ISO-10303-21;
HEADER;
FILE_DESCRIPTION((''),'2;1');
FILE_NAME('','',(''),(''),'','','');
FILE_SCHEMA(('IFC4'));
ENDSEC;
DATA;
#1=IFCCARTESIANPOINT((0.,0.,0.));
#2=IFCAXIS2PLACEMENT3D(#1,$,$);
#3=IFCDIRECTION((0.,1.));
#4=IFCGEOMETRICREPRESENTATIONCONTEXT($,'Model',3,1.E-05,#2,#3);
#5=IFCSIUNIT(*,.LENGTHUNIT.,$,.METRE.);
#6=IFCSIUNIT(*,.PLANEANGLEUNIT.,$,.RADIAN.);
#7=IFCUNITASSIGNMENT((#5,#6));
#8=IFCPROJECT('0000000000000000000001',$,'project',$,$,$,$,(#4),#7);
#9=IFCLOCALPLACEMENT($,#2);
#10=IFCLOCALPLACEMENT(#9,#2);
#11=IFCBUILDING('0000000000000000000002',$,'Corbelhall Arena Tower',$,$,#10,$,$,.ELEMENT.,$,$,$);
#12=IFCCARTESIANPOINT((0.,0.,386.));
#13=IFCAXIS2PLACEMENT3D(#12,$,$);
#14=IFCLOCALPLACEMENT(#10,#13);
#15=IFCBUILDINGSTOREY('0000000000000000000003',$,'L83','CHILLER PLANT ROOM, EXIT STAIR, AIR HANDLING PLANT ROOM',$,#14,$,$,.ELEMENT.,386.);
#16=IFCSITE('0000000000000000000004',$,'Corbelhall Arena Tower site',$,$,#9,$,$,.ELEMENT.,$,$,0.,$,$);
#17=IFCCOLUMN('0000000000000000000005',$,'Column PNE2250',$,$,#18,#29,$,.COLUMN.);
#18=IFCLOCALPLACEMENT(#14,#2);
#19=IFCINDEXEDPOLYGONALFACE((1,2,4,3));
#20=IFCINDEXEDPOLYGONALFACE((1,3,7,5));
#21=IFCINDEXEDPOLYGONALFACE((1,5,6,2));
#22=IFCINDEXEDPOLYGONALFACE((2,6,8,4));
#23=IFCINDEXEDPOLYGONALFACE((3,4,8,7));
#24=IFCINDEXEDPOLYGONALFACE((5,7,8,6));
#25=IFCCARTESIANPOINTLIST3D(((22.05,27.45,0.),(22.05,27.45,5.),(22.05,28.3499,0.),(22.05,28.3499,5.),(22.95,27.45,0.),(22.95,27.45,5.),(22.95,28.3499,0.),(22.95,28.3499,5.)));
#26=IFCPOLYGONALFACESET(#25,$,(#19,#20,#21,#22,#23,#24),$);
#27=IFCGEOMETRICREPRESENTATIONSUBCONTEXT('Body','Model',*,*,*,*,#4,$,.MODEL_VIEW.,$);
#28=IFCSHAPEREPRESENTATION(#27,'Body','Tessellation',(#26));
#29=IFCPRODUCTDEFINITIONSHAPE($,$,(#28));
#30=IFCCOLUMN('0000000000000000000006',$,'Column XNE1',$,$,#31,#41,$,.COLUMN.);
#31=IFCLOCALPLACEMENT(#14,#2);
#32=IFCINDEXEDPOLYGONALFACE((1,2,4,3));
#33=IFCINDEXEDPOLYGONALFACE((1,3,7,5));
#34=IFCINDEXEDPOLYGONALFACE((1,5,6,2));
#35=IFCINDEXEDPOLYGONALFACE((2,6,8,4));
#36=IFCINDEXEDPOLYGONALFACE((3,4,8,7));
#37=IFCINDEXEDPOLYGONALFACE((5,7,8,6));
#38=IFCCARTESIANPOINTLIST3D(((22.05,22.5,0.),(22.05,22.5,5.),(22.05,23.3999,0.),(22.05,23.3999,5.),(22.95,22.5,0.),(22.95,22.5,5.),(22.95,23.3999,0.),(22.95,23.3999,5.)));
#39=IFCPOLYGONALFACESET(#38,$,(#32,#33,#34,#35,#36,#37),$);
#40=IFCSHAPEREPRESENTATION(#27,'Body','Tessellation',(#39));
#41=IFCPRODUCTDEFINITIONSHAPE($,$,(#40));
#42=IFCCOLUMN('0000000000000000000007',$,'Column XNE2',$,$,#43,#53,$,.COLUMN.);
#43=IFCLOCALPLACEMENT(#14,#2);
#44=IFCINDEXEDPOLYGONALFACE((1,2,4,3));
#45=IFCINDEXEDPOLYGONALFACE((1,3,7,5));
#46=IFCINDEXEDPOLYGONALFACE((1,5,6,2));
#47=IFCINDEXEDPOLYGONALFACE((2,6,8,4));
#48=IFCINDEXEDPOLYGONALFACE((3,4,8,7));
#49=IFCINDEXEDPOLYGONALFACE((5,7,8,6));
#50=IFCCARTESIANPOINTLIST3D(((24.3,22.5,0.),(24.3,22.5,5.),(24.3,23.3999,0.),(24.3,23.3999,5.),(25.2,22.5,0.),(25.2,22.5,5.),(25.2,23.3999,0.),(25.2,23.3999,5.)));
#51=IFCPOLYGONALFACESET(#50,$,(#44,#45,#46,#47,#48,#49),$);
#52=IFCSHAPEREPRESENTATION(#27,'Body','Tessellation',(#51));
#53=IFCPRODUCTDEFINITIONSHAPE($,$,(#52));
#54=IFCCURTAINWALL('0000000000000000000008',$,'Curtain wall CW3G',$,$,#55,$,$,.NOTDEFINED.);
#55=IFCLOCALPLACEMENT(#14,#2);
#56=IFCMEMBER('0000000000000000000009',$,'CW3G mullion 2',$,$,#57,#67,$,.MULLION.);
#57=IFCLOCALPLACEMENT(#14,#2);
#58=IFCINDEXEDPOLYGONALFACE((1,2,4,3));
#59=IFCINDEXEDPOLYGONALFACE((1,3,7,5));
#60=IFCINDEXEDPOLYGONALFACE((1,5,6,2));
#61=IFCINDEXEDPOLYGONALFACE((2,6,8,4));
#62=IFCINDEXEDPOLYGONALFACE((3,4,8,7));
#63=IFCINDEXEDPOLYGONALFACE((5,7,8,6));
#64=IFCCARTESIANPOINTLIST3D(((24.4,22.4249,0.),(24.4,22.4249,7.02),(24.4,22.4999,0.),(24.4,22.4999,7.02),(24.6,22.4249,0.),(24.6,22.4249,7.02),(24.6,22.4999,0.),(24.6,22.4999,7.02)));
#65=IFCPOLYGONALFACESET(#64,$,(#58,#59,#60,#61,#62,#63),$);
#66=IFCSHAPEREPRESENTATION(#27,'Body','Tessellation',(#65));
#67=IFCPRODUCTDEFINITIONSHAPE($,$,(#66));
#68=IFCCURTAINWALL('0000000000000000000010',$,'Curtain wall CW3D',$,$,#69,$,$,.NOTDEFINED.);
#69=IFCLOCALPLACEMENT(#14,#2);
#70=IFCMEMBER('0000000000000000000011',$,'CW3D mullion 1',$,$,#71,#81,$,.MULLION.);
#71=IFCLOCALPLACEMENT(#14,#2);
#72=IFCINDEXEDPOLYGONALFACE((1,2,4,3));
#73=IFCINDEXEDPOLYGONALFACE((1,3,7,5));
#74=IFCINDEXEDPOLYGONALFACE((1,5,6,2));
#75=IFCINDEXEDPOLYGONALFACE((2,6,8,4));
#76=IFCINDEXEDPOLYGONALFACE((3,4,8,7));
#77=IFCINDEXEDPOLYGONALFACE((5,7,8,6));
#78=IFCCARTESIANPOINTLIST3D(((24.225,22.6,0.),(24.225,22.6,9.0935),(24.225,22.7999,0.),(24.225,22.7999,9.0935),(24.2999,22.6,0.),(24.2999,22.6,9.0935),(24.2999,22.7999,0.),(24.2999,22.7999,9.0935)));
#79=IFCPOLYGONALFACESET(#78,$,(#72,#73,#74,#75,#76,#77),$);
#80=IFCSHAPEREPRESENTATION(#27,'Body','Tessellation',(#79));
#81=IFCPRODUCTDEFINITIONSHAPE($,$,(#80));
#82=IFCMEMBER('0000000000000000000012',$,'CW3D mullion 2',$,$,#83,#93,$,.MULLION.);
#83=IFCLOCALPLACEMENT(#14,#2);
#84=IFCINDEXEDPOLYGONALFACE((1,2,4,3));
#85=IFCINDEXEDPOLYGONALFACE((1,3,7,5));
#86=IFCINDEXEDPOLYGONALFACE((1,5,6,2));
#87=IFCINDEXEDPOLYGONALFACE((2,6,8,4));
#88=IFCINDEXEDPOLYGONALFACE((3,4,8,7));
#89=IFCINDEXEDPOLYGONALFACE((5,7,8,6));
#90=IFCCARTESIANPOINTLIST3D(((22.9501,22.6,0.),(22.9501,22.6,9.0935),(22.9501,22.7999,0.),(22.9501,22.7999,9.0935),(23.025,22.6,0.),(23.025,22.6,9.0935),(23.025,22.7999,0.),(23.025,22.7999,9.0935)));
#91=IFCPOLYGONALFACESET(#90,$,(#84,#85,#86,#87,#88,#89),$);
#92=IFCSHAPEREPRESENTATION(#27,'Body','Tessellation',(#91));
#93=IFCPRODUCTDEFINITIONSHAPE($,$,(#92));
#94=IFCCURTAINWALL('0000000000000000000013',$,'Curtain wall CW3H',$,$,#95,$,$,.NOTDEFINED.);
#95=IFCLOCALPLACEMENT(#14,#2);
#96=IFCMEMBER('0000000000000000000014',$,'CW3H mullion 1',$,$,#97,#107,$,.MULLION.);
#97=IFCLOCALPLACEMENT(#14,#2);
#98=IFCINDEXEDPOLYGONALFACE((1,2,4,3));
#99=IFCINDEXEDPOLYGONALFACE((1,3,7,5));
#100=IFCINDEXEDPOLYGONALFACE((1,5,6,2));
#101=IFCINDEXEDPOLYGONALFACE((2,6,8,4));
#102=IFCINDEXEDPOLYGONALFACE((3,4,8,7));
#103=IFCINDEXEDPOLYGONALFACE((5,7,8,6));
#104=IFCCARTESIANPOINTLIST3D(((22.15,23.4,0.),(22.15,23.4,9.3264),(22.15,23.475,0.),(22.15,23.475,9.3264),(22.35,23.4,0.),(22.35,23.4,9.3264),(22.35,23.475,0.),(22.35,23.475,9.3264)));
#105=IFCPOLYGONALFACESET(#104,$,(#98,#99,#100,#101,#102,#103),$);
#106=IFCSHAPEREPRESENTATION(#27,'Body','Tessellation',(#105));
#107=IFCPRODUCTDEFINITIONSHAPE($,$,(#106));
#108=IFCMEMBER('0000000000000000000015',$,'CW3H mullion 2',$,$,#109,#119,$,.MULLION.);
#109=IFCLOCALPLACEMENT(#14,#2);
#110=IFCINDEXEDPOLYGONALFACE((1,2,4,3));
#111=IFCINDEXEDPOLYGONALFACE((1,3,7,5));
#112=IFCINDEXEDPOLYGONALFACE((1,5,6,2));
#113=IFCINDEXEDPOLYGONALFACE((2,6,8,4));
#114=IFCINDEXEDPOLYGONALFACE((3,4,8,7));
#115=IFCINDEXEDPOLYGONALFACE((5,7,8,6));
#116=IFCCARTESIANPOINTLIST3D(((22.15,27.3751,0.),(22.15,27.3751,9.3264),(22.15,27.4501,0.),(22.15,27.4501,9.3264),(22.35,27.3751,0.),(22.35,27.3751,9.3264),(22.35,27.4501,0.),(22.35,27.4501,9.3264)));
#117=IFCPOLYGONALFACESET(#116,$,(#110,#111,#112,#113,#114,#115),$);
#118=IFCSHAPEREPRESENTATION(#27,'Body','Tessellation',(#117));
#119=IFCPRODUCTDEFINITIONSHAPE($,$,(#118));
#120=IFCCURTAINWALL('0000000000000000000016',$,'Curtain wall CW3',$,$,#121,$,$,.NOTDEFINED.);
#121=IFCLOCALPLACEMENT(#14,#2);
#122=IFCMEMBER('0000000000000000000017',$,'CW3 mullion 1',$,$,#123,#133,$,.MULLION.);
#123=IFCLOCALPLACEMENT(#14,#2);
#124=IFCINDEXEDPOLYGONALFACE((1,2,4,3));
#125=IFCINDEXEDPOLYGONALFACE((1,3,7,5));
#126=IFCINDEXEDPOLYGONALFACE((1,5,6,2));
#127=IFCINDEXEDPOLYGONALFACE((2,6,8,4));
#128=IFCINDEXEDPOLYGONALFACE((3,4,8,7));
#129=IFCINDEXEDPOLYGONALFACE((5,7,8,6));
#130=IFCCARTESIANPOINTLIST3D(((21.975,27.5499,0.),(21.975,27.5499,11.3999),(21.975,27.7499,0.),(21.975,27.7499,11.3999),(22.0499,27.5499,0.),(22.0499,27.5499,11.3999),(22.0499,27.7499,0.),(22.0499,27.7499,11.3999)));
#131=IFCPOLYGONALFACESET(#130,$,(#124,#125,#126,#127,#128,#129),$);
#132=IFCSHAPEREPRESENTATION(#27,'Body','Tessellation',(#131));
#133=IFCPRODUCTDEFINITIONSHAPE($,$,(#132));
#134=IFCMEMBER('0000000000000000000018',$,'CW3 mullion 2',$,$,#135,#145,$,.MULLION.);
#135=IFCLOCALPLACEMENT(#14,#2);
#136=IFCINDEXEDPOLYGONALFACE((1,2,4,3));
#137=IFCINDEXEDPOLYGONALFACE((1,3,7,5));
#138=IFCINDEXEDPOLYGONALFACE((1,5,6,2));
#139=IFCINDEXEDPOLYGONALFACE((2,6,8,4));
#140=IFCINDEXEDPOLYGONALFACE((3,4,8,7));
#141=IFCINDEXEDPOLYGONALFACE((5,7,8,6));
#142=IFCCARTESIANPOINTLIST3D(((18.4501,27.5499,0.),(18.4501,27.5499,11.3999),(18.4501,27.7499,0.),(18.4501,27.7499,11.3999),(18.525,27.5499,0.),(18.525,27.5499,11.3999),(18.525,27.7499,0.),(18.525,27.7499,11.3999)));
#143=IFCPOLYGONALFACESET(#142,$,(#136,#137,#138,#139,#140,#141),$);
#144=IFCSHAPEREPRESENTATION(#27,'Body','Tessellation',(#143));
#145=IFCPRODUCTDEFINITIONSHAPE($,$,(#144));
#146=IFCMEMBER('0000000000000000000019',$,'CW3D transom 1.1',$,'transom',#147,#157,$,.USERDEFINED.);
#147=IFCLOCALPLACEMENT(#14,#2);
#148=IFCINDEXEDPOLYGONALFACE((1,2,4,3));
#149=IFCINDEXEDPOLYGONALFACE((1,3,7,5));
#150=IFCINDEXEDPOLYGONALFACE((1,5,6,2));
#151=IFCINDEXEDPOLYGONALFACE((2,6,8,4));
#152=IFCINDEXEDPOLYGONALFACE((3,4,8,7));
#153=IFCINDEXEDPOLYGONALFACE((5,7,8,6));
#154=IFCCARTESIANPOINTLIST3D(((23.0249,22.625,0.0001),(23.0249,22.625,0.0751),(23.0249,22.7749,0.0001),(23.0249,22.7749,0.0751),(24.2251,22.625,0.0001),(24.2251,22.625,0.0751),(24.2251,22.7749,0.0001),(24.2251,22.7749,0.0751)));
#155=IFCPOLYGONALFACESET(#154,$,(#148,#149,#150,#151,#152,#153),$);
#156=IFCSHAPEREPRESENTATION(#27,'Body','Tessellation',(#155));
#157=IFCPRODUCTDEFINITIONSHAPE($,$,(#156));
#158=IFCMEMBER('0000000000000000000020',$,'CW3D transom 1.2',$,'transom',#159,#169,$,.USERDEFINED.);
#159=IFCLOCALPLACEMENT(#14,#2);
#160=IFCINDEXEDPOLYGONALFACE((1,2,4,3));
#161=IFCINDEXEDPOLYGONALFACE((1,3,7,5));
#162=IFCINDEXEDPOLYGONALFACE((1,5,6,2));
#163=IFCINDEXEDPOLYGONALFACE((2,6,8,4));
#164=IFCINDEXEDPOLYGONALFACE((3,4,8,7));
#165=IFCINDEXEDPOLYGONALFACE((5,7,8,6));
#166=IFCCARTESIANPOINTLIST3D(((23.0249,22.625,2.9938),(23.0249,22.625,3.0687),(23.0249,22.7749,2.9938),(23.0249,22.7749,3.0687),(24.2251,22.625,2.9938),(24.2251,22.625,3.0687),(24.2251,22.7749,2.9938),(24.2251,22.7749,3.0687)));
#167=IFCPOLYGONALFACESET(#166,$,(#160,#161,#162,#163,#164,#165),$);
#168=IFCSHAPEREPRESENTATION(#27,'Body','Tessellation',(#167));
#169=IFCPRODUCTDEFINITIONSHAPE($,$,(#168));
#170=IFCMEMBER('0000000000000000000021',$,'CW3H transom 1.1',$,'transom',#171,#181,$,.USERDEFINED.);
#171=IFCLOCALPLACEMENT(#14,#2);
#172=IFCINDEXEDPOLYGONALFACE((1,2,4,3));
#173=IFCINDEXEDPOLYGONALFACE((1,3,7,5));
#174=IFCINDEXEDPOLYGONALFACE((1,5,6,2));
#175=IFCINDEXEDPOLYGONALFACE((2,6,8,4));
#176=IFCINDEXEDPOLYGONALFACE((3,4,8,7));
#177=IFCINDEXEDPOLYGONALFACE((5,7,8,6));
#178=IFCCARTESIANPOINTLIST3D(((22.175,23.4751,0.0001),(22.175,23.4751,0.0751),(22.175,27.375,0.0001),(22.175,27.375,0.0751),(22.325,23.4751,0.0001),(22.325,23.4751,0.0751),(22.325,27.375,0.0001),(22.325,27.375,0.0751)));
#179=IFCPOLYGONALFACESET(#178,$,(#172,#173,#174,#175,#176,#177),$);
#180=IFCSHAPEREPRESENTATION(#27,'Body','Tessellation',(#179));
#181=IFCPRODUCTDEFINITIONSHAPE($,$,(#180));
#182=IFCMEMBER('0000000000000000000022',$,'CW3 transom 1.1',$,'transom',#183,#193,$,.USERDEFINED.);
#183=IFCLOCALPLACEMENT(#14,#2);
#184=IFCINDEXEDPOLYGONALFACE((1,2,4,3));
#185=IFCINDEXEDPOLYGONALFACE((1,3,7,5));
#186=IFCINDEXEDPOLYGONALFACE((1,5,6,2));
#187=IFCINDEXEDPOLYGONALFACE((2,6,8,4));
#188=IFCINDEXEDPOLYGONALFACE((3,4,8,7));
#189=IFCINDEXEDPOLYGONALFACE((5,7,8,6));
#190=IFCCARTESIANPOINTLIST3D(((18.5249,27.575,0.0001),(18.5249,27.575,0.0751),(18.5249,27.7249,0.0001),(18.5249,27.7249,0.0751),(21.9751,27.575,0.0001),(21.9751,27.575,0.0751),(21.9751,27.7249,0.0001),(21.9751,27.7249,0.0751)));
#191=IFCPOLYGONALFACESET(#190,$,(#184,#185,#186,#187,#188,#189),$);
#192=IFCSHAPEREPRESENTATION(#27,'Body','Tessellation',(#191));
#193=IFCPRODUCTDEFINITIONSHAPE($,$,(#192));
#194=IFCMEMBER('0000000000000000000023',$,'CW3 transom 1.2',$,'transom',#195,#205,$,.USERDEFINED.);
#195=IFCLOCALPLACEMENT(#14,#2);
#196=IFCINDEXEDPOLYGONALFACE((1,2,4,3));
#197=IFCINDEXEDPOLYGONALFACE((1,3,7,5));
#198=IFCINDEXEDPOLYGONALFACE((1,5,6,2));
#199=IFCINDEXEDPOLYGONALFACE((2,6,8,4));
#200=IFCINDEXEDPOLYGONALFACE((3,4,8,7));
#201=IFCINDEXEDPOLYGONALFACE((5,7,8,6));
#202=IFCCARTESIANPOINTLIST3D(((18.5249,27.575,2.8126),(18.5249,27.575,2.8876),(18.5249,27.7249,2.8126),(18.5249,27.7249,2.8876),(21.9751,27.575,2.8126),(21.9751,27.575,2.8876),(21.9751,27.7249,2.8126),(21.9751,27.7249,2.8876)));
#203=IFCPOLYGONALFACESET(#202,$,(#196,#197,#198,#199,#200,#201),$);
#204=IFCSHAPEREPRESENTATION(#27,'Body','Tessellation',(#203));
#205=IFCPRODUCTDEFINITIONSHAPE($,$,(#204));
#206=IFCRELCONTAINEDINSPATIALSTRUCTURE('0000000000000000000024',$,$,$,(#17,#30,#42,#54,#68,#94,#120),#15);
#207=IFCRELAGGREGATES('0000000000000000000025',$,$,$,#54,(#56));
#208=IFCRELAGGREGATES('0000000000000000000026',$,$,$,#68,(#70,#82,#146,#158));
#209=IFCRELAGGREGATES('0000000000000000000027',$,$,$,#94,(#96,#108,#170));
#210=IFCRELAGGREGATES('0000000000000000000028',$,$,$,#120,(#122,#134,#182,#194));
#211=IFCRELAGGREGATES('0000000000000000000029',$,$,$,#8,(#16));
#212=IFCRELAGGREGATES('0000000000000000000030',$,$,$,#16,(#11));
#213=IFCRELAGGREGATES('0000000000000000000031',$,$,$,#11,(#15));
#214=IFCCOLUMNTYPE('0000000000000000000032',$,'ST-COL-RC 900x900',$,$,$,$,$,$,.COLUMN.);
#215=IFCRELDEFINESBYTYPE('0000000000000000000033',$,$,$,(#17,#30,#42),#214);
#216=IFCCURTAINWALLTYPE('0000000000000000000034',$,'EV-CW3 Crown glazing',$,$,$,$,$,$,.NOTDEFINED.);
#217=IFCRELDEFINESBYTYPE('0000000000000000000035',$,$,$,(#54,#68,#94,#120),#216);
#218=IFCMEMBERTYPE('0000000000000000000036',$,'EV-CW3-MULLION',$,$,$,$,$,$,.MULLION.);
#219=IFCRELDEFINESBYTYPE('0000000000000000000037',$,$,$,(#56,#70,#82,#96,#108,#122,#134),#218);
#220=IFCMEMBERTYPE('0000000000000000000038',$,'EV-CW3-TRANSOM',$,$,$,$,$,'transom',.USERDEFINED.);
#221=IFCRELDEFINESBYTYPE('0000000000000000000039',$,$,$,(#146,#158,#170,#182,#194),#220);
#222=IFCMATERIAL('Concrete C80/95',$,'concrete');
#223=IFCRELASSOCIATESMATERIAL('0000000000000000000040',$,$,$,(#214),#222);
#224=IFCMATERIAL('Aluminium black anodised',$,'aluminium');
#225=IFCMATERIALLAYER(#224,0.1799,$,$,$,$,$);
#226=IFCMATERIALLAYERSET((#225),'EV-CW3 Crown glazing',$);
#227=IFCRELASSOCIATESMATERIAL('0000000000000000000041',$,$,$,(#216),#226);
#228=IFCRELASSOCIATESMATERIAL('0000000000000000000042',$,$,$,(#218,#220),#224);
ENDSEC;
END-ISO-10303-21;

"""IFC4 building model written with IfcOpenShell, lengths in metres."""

from ifc_helpers import new_model, si_unit, direction, frame, origin, origin_2d, place, context, subcontext, project, spatial, rectangle, extrude, material, layer, layer_set, material_profile, profile_set, type_object, element, aggregate, save


model = new_model("IFC4")

# Units and contexts
model_context = context("Model", 3, precision=1e-05, world=origin(), true_north=direction((0.0, 1.0)))
body_context = subcontext(model_context, "Body", "Model", "MODEL_VIEW")
ifc_project = project(units=[si_unit("LENGTHUNIT", "METRE"), si_unit("PLANEANGLEUNIT", "RADIAN")], contexts=[model_context])

# Site, building, storey
site_placement = place(None, origin())
site = spatial("IfcSite", under=ifc_project, at=site_placement, Name="Corbelhall Arena Tower site", CompositionType="ELEMENT", RefElevation=0.0)
building_placement = place(site_placement, origin())
building = spatial("IfcBuilding", under=site, at=building_placement, Name="Corbelhall Arena Tower", CompositionType="ELEMENT")
storey_placement = place(building_placement, frame((0.0, 0.0, 386.0)))
storey = spatial("IfcBuildingStorey", under=building, at=storey_placement, Name="L83", Description="CHILLER PLANT ROOM, EXIT STAIR, AIR HANDLING PLANT ROOM", CompositionType="ELEMENT", Elevation=386.0)

# Columns
ifc_material_1 = material(Name="Concrete C80/95", Category="concrete")
ifc_material_profile_1 = material_profile(ifc_material_1, rectangle(XDim=0.8999, YDim=0.8999, at=origin_2d()))
ifc_profile_set_1 = profile_set([ifc_material_profile_1], Name="Concrete C80/95")
column_type = type_object("IfcColumnType", Name="ST-COL-RC 900x900", PredefinedType="COLUMN", material=ifc_profile_set_1)
for number, where, z_axis, x_axis, name in (
    (1, (22.5, 27.8999, 0.0), (0.0, 0.0, 1.0), (1.0, 0.0, 0.0), "Column PNE2250"),
    (2, (22.5, 22.95, 0.0), (0.0, 0.0, 1.0), (1.0, 0.0, 0.0), "Column XNE1"),
    (3, (24.75, 22.95, 0.0), (0.0, 0.0, 1.0), (1.0, 0.0, 0.0), "Column XNE2"),
):
    element("IfcColumn", number, at=place(storey_placement, frame(where, z_axis=z_axis, x_axis=x_axis)), inside=storey, type_object=column_type, Name=name, PredefinedType="COLUMN", context=body_context, shape_type="SweptSolid", body=[
        extrude(rectangle(XDim=0.8999, YDim=0.8999, at=origin_2d()), origin(), (0.0, 0.0, 1.0), 5.0),
    ])

# Curtain wall, member
ifc_material_2 = material(Name="Aluminium black anodised", Category="aluminium")
ifc_layer_1 = layer(ifc_material_2, 0.1799)
ifc_layer_set_1 = layer_set([ifc_layer_1], Name="EV-CW3 Crown glazing")
curtain_wall_type = type_object("IfcCurtainWallType", Name="EV-CW3 Crown glazing", PredefinedType="NOTDEFINED", material=ifc_layer_set_1)
curtain_wall_1_placement = place(storey_placement, origin())
curtain_wall_1 = element("IfcCurtainWall", 4, at=curtain_wall_1_placement, inside=storey, type_object=curtain_wall_type, Name="Curtain wall CW3G", PredefinedType="NOTDEFINED")
ifc_material_profile_2 = material_profile(ifc_material_2, rectangle(XDim=0.2, YDim=0.075, at=origin_2d()))
ifc_profile_set_2 = profile_set([ifc_material_profile_2], Name="Aluminium black anodised")
member_type_1 = type_object("IfcMemberType", Name="EV-CW3-MULLION", PredefinedType="MULLION", material=ifc_profile_set_2)
member_1_placement = place(storey_placement, frame((24.5, 22.4624, 0.0), z_axis=(0.0, 0.0, 1.0), x_axis=(-1.0, 0.0, 0.0)))
member_1 = element("IfcMember", 5, at=member_1_placement, type_object=member_type_1, Name="CW3G mullion 2", PredefinedType="MULLION", context=body_context, shape_type="SweptSolid", body=[
    extrude(rectangle(XDim=0.2, YDim=0.075, at=origin_2d()), origin(), (0.0, 0.0, 1.0), 7.02),
])
aggregate(curtain_wall_1, [member_1])

# Curtain walls, members
curtain_wall_2_placement = place(storey_placement, origin())
curtain_wall_2 = element("IfcCurtainWall", 6, at=curtain_wall_2_placement, inside=storey, type_object=curtain_wall_type, Name="Curtain wall CW3D", PredefinedType="NOTDEFINED")
member_2_placement = place(storey_placement, frame((24.2625, 22.7, 0.0), z_axis=(0.0, 0.0, 1.0), x_axis=(0.0, -1.0, 0.0)))
member_2 = element("IfcMember", 7, at=member_2_placement, type_object=member_type_1, Name="CW3D mullion 1", PredefinedType="MULLION", context=body_context, shape_type="SweptSolid", body=[
    extrude(rectangle(XDim=0.2, YDim=0.075, at=origin_2d()), origin(), (0.0, 0.0, 1.0), 9.0935),
])
member_3_placement = place(storey_placement, frame((22.9875, 22.7, 0.0), z_axis=(0.0, 0.0, 1.0), x_axis=(0.0, -1.0, 0.0)))
member_3 = element("IfcMember", 8, at=member_3_placement, type_object=member_type_1, Name="CW3D mullion 2", PredefinedType="MULLION", context=body_context, shape_type="SweptSolid", body=[
    extrude(rectangle(XDim=0.2, YDim=0.075, at=origin_2d()), origin(), (0.0, 0.0, 1.0), 9.0935),
])
curtain_wall_3_placement = place(storey_placement, origin())
curtain_wall_3 = element("IfcCurtainWall", 9, at=curtain_wall_3_placement, inside=storey, type_object=curtain_wall_type, Name="Curtain wall CW3H", PredefinedType="NOTDEFINED")
member_4_placement = place(storey_placement, frame((22.25, 23.4375, 0.0), z_axis=(0.0, 0.0, 1.0), x_axis=(-1.0, 0.0, 0.0)))
member_4 = element("IfcMember", 10, at=member_4_placement, type_object=member_type_1, Name="CW3H mullion 1", PredefinedType="MULLION", context=body_context, shape_type="SweptSolid", body=[
    extrude(rectangle(XDim=0.2, YDim=0.075, at=origin_2d()), origin(), (0.0, 0.0, 1.0), 9.3264),
])
member_5_placement = place(storey_placement, frame((22.25, 27.4126, 0.0), z_axis=(0.0, 0.0, 1.0), x_axis=(-1.0, 0.0, 0.0)))
member_5 = element("IfcMember", 11, at=member_5_placement, type_object=member_type_1, Name="CW3H mullion 2", PredefinedType="MULLION", context=body_context, shape_type="SweptSolid", body=[
    extrude(rectangle(XDim=0.2, YDim=0.075, at=origin_2d()), origin(), (0.0, 0.0, 1.0), 9.3264),
])
curtain_wall_4_placement = place(storey_placement, origin())
curtain_wall_4 = element("IfcCurtainWall", 12, at=curtain_wall_4_placement, inside=storey, type_object=curtain_wall_type, Name="Curtain wall CW3", PredefinedType="NOTDEFINED")
member_6_placement = place(storey_placement, frame((22.0125, 27.6499, 0.0), z_axis=(0.0, 0.0, 1.0), x_axis=(0.0, -1.0, 0.0)))
member_6 = element("IfcMember", 13, at=member_6_placement, type_object=member_type_1, Name="CW3 mullion 1", PredefinedType="MULLION", context=body_context, shape_type="SweptSolid", body=[
    extrude(rectangle(XDim=0.2, YDim=0.075, at=origin_2d()), origin(), (0.0, 0.0, 1.0), 11.3999),
])
member_7_placement = place(storey_placement, frame((18.4875, 27.6499, 0.0), z_axis=(0.0, 0.0, 1.0), x_axis=(0.0, -1.0, 0.0)))
member_7 = element("IfcMember", 14, at=member_7_placement, type_object=member_type_1, Name="CW3 mullion 2", PredefinedType="MULLION", context=body_context, shape_type="SweptSolid", body=[
    extrude(rectangle(XDim=0.2, YDim=0.075, at=origin_2d()), origin(), (0.0, 0.0, 1.0), 11.3999),
])

# Members
ifc_material_profile_3 = material_profile(ifc_material_2, rectangle(XDim=0.1499, YDim=0.075, at=origin_2d()))
ifc_profile_set_3 = profile_set([ifc_material_profile_3], Name="Aluminium black anodised")
member_type_2 = type_object("IfcMemberType", Name="EV-CW3-TRANSOM", ElementType="transom", PredefinedType="USERDEFINED", material=ifc_profile_set_3)
member_8_placement = place(storey_placement, frame((24.2251, 22.7, 0.0376), z_axis=(-1.0, 0.0, 0.0), x_axis=(0.0, -1.0, 0.0)))
member_8 = element("IfcMember", 15, at=member_8_placement, type_object=member_type_2, Name="CW3D transom 1.1", ObjectType="transom", PredefinedType="USERDEFINED", context=body_context, shape_type="SweptSolid", body=[
    extrude(rectangle(XDim=0.1499, YDim=0.075, at=origin_2d()), origin(), (0.0, 0.0, 1.0), 1.2002),
])
member_9_placement = place(storey_placement, frame((24.2251, 22.7, 3.0312), z_axis=(-1.0, 0.0, 0.0), x_axis=(0.0, -1.0, 0.0)))
member_9 = element("IfcMember", 16, at=member_9_placement, type_object=member_type_2, Name="CW3D transom 1.2", ObjectType="transom", PredefinedType="USERDEFINED", context=body_context, shape_type="SweptSolid", body=[
    extrude(rectangle(XDim=0.1499, YDim=0.075, at=origin_2d()), origin(), (0.0, 0.0, 1.0), 1.2002),
])
member_10_placement = place(storey_placement, frame((22.25, 23.4751, 0.0376), z_axis=(0.0, 1.0, 0.0), x_axis=(-1.0, 0.0, 0.0)))
member_10 = element("IfcMember", 17, at=member_10_placement, type_object=member_type_2, Name="CW3H transom 1.1", ObjectType="transom", PredefinedType="USERDEFINED", context=body_context, shape_type="SweptSolid", body=[
    extrude(rectangle(XDim=0.1499, YDim=0.075, at=origin_2d()), origin(), (0.0, 0.0, 1.0), 3.8999),
])
member_11_placement = place(storey_placement, frame((21.9751, 27.6499, 0.0376), z_axis=(-1.0, 0.0, 0.0), x_axis=(0.0, -1.0, 0.0)))
member_11 = element("IfcMember", 18, at=member_11_placement, type_object=member_type_2, Name="CW3 transom 1.1", ObjectType="transom", PredefinedType="USERDEFINED", context=body_context, shape_type="SweptSolid", body=[
    extrude(rectangle(XDim=0.1499, YDim=0.075, at=origin_2d()), origin(), (0.0, 0.0, 1.0), 3.4502),
])
member_12_placement = place(storey_placement, frame((21.9751, 27.6499, 2.8501), z_axis=(-1.0, 0.0, 0.0), x_axis=(0.0, -1.0, 0.0)))
member_12 = element("IfcMember", 19, at=member_12_placement, type_object=member_type_2, Name="CW3 transom 1.2", ObjectType="transom", PredefinedType="USERDEFINED", context=body_context, shape_type="SweptSolid", body=[
    extrude(rectangle(XDim=0.1499, YDim=0.075, at=origin_2d()), origin(), (0.0, 0.0, 1.0), 3.4502),
])

aggregate(curtain_wall_2, [member_2, member_3, member_8, member_9])
aggregate(curtain_wall_3, [member_4, member_5, member_10])
aggregate(curtain_wall_4, [member_6, member_7, member_11, member_12])

save(model, "model.ifc")
